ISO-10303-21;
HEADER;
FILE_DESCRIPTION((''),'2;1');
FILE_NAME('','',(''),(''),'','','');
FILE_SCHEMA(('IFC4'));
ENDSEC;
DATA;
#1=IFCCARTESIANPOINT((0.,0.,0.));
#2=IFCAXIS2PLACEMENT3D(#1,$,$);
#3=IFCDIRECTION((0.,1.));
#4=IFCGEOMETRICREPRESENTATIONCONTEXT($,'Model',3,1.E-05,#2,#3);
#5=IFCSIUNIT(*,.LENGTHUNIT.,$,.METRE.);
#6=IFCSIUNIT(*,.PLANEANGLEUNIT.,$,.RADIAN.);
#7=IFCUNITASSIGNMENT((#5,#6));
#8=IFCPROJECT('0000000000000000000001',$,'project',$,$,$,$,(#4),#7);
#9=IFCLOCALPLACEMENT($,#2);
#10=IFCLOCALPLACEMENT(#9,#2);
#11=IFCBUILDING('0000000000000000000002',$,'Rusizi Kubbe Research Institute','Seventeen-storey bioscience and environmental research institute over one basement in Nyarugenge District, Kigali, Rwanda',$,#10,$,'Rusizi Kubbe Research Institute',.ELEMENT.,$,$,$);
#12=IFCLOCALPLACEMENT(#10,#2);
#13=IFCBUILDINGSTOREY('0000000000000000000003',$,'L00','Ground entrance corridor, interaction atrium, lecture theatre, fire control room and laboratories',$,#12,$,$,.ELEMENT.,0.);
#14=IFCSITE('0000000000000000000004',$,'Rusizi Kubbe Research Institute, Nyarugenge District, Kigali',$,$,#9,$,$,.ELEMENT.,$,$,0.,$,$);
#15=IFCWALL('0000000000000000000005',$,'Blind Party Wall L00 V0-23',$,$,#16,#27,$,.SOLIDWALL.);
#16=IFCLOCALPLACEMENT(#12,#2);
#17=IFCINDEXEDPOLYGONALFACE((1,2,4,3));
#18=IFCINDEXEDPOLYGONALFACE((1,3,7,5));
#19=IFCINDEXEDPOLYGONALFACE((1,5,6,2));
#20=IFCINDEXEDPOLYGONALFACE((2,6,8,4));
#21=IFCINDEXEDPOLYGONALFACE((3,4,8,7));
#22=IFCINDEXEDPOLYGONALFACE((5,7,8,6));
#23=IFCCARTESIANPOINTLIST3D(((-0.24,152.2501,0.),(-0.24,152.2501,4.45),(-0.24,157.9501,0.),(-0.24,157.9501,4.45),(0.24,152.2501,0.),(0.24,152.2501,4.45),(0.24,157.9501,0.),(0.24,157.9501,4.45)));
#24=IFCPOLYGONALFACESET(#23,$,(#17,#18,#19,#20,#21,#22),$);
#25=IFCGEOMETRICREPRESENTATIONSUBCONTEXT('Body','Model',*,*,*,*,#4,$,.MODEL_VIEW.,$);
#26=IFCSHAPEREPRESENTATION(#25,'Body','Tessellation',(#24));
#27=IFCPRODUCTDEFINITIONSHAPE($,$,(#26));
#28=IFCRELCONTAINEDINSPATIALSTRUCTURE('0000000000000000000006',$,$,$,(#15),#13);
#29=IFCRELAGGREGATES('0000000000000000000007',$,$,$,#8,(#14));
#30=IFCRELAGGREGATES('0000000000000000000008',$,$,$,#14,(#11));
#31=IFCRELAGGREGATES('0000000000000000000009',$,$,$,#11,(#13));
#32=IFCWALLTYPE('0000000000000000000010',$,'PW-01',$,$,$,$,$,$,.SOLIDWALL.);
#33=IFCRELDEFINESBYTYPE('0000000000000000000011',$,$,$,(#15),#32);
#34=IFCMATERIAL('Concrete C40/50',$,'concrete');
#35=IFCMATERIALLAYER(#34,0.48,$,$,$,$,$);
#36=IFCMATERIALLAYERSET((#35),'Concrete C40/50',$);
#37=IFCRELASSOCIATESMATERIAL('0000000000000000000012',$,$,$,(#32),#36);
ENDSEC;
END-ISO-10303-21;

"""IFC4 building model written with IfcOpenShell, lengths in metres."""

from ifc_helpers import new_model, si_unit, direction, frame, frame_2d, origin, place, context, subcontext, project, spatial, rectangle, extrude, material, layer, layer_set, type_object, element, save


model = new_model("IFC4")

# Units and contexts
model_context = context("Model", 3, precision=1e-05, world=origin(), true_north=direction((0.0, 1.0)))
body_context = subcontext(model_context, "Body", "Model", "MODEL_VIEW")
ifc_project = project(units=[si_unit("LENGTHUNIT", "METRE"), si_unit("PLANEANGLEUNIT", "RADIAN")], contexts=[model_context])

# Site, building, storey
site_placement = place(None, origin())
site = spatial("IfcSite", under=ifc_project, at=site_placement, Name="Rusizi Kubbe Research Institute, Nyarugenge District, Kigali", CompositionType="ELEMENT", RefElevation=0.0)
building_placement = place(site_placement, origin())
building = spatial("IfcBuilding", under=site, at=building_placement, Name="Rusizi Kubbe Research Institute", Description="Seventeen-storey bioscience and environmental research institute over one basement in Nyarugenge District, Kigali, Rwanda", LongName="Rusizi Kubbe Research Institute", CompositionType="ELEMENT")
storey_placement = place(building_placement, origin())
storey = spatial("IfcBuildingStorey", under=building, at=storey_placement, Name="L00", Description="Ground entrance corridor, interaction atrium, lecture theatre, fire control room and laboratories", CompositionType="ELEMENT", Elevation=0.0)

# Wall
ifc_material_1 = material(Name="Concrete C40/50", Category="concrete")
ifc_layer_1 = layer(ifc_material_1, 0.48)
ifc_layer_set_1 = layer_set([ifc_layer_1], Name="Concrete C40/50")
wall_type_1 = type_object("IfcWallType", Name="PW-01", PredefinedType="SOLIDWALL", material=ifc_layer_set_1)
wall_1_placement = place(storey_placement, frame((0.0, 152.25, 0.0), z_axis=(0.0, 0.0, 1.0), x_axis=(0.0, 1.0, 0.0)))
element("IfcWall", 1, at=wall_1_placement, inside=storey, type_object=wall_type_1, Name="Blind Party Wall L00 V0-23", PredefinedType="SOLIDWALL", context=body_context, shape_type="SweptSolid", body=[
    extrude(rectangle(XDim=5.7, YDim=0.48, at=frame_2d((2.8501, 0.0))), origin(), (0.0, 0.0, 1.0), 4.45),
])

save(model, "model.ifc")
